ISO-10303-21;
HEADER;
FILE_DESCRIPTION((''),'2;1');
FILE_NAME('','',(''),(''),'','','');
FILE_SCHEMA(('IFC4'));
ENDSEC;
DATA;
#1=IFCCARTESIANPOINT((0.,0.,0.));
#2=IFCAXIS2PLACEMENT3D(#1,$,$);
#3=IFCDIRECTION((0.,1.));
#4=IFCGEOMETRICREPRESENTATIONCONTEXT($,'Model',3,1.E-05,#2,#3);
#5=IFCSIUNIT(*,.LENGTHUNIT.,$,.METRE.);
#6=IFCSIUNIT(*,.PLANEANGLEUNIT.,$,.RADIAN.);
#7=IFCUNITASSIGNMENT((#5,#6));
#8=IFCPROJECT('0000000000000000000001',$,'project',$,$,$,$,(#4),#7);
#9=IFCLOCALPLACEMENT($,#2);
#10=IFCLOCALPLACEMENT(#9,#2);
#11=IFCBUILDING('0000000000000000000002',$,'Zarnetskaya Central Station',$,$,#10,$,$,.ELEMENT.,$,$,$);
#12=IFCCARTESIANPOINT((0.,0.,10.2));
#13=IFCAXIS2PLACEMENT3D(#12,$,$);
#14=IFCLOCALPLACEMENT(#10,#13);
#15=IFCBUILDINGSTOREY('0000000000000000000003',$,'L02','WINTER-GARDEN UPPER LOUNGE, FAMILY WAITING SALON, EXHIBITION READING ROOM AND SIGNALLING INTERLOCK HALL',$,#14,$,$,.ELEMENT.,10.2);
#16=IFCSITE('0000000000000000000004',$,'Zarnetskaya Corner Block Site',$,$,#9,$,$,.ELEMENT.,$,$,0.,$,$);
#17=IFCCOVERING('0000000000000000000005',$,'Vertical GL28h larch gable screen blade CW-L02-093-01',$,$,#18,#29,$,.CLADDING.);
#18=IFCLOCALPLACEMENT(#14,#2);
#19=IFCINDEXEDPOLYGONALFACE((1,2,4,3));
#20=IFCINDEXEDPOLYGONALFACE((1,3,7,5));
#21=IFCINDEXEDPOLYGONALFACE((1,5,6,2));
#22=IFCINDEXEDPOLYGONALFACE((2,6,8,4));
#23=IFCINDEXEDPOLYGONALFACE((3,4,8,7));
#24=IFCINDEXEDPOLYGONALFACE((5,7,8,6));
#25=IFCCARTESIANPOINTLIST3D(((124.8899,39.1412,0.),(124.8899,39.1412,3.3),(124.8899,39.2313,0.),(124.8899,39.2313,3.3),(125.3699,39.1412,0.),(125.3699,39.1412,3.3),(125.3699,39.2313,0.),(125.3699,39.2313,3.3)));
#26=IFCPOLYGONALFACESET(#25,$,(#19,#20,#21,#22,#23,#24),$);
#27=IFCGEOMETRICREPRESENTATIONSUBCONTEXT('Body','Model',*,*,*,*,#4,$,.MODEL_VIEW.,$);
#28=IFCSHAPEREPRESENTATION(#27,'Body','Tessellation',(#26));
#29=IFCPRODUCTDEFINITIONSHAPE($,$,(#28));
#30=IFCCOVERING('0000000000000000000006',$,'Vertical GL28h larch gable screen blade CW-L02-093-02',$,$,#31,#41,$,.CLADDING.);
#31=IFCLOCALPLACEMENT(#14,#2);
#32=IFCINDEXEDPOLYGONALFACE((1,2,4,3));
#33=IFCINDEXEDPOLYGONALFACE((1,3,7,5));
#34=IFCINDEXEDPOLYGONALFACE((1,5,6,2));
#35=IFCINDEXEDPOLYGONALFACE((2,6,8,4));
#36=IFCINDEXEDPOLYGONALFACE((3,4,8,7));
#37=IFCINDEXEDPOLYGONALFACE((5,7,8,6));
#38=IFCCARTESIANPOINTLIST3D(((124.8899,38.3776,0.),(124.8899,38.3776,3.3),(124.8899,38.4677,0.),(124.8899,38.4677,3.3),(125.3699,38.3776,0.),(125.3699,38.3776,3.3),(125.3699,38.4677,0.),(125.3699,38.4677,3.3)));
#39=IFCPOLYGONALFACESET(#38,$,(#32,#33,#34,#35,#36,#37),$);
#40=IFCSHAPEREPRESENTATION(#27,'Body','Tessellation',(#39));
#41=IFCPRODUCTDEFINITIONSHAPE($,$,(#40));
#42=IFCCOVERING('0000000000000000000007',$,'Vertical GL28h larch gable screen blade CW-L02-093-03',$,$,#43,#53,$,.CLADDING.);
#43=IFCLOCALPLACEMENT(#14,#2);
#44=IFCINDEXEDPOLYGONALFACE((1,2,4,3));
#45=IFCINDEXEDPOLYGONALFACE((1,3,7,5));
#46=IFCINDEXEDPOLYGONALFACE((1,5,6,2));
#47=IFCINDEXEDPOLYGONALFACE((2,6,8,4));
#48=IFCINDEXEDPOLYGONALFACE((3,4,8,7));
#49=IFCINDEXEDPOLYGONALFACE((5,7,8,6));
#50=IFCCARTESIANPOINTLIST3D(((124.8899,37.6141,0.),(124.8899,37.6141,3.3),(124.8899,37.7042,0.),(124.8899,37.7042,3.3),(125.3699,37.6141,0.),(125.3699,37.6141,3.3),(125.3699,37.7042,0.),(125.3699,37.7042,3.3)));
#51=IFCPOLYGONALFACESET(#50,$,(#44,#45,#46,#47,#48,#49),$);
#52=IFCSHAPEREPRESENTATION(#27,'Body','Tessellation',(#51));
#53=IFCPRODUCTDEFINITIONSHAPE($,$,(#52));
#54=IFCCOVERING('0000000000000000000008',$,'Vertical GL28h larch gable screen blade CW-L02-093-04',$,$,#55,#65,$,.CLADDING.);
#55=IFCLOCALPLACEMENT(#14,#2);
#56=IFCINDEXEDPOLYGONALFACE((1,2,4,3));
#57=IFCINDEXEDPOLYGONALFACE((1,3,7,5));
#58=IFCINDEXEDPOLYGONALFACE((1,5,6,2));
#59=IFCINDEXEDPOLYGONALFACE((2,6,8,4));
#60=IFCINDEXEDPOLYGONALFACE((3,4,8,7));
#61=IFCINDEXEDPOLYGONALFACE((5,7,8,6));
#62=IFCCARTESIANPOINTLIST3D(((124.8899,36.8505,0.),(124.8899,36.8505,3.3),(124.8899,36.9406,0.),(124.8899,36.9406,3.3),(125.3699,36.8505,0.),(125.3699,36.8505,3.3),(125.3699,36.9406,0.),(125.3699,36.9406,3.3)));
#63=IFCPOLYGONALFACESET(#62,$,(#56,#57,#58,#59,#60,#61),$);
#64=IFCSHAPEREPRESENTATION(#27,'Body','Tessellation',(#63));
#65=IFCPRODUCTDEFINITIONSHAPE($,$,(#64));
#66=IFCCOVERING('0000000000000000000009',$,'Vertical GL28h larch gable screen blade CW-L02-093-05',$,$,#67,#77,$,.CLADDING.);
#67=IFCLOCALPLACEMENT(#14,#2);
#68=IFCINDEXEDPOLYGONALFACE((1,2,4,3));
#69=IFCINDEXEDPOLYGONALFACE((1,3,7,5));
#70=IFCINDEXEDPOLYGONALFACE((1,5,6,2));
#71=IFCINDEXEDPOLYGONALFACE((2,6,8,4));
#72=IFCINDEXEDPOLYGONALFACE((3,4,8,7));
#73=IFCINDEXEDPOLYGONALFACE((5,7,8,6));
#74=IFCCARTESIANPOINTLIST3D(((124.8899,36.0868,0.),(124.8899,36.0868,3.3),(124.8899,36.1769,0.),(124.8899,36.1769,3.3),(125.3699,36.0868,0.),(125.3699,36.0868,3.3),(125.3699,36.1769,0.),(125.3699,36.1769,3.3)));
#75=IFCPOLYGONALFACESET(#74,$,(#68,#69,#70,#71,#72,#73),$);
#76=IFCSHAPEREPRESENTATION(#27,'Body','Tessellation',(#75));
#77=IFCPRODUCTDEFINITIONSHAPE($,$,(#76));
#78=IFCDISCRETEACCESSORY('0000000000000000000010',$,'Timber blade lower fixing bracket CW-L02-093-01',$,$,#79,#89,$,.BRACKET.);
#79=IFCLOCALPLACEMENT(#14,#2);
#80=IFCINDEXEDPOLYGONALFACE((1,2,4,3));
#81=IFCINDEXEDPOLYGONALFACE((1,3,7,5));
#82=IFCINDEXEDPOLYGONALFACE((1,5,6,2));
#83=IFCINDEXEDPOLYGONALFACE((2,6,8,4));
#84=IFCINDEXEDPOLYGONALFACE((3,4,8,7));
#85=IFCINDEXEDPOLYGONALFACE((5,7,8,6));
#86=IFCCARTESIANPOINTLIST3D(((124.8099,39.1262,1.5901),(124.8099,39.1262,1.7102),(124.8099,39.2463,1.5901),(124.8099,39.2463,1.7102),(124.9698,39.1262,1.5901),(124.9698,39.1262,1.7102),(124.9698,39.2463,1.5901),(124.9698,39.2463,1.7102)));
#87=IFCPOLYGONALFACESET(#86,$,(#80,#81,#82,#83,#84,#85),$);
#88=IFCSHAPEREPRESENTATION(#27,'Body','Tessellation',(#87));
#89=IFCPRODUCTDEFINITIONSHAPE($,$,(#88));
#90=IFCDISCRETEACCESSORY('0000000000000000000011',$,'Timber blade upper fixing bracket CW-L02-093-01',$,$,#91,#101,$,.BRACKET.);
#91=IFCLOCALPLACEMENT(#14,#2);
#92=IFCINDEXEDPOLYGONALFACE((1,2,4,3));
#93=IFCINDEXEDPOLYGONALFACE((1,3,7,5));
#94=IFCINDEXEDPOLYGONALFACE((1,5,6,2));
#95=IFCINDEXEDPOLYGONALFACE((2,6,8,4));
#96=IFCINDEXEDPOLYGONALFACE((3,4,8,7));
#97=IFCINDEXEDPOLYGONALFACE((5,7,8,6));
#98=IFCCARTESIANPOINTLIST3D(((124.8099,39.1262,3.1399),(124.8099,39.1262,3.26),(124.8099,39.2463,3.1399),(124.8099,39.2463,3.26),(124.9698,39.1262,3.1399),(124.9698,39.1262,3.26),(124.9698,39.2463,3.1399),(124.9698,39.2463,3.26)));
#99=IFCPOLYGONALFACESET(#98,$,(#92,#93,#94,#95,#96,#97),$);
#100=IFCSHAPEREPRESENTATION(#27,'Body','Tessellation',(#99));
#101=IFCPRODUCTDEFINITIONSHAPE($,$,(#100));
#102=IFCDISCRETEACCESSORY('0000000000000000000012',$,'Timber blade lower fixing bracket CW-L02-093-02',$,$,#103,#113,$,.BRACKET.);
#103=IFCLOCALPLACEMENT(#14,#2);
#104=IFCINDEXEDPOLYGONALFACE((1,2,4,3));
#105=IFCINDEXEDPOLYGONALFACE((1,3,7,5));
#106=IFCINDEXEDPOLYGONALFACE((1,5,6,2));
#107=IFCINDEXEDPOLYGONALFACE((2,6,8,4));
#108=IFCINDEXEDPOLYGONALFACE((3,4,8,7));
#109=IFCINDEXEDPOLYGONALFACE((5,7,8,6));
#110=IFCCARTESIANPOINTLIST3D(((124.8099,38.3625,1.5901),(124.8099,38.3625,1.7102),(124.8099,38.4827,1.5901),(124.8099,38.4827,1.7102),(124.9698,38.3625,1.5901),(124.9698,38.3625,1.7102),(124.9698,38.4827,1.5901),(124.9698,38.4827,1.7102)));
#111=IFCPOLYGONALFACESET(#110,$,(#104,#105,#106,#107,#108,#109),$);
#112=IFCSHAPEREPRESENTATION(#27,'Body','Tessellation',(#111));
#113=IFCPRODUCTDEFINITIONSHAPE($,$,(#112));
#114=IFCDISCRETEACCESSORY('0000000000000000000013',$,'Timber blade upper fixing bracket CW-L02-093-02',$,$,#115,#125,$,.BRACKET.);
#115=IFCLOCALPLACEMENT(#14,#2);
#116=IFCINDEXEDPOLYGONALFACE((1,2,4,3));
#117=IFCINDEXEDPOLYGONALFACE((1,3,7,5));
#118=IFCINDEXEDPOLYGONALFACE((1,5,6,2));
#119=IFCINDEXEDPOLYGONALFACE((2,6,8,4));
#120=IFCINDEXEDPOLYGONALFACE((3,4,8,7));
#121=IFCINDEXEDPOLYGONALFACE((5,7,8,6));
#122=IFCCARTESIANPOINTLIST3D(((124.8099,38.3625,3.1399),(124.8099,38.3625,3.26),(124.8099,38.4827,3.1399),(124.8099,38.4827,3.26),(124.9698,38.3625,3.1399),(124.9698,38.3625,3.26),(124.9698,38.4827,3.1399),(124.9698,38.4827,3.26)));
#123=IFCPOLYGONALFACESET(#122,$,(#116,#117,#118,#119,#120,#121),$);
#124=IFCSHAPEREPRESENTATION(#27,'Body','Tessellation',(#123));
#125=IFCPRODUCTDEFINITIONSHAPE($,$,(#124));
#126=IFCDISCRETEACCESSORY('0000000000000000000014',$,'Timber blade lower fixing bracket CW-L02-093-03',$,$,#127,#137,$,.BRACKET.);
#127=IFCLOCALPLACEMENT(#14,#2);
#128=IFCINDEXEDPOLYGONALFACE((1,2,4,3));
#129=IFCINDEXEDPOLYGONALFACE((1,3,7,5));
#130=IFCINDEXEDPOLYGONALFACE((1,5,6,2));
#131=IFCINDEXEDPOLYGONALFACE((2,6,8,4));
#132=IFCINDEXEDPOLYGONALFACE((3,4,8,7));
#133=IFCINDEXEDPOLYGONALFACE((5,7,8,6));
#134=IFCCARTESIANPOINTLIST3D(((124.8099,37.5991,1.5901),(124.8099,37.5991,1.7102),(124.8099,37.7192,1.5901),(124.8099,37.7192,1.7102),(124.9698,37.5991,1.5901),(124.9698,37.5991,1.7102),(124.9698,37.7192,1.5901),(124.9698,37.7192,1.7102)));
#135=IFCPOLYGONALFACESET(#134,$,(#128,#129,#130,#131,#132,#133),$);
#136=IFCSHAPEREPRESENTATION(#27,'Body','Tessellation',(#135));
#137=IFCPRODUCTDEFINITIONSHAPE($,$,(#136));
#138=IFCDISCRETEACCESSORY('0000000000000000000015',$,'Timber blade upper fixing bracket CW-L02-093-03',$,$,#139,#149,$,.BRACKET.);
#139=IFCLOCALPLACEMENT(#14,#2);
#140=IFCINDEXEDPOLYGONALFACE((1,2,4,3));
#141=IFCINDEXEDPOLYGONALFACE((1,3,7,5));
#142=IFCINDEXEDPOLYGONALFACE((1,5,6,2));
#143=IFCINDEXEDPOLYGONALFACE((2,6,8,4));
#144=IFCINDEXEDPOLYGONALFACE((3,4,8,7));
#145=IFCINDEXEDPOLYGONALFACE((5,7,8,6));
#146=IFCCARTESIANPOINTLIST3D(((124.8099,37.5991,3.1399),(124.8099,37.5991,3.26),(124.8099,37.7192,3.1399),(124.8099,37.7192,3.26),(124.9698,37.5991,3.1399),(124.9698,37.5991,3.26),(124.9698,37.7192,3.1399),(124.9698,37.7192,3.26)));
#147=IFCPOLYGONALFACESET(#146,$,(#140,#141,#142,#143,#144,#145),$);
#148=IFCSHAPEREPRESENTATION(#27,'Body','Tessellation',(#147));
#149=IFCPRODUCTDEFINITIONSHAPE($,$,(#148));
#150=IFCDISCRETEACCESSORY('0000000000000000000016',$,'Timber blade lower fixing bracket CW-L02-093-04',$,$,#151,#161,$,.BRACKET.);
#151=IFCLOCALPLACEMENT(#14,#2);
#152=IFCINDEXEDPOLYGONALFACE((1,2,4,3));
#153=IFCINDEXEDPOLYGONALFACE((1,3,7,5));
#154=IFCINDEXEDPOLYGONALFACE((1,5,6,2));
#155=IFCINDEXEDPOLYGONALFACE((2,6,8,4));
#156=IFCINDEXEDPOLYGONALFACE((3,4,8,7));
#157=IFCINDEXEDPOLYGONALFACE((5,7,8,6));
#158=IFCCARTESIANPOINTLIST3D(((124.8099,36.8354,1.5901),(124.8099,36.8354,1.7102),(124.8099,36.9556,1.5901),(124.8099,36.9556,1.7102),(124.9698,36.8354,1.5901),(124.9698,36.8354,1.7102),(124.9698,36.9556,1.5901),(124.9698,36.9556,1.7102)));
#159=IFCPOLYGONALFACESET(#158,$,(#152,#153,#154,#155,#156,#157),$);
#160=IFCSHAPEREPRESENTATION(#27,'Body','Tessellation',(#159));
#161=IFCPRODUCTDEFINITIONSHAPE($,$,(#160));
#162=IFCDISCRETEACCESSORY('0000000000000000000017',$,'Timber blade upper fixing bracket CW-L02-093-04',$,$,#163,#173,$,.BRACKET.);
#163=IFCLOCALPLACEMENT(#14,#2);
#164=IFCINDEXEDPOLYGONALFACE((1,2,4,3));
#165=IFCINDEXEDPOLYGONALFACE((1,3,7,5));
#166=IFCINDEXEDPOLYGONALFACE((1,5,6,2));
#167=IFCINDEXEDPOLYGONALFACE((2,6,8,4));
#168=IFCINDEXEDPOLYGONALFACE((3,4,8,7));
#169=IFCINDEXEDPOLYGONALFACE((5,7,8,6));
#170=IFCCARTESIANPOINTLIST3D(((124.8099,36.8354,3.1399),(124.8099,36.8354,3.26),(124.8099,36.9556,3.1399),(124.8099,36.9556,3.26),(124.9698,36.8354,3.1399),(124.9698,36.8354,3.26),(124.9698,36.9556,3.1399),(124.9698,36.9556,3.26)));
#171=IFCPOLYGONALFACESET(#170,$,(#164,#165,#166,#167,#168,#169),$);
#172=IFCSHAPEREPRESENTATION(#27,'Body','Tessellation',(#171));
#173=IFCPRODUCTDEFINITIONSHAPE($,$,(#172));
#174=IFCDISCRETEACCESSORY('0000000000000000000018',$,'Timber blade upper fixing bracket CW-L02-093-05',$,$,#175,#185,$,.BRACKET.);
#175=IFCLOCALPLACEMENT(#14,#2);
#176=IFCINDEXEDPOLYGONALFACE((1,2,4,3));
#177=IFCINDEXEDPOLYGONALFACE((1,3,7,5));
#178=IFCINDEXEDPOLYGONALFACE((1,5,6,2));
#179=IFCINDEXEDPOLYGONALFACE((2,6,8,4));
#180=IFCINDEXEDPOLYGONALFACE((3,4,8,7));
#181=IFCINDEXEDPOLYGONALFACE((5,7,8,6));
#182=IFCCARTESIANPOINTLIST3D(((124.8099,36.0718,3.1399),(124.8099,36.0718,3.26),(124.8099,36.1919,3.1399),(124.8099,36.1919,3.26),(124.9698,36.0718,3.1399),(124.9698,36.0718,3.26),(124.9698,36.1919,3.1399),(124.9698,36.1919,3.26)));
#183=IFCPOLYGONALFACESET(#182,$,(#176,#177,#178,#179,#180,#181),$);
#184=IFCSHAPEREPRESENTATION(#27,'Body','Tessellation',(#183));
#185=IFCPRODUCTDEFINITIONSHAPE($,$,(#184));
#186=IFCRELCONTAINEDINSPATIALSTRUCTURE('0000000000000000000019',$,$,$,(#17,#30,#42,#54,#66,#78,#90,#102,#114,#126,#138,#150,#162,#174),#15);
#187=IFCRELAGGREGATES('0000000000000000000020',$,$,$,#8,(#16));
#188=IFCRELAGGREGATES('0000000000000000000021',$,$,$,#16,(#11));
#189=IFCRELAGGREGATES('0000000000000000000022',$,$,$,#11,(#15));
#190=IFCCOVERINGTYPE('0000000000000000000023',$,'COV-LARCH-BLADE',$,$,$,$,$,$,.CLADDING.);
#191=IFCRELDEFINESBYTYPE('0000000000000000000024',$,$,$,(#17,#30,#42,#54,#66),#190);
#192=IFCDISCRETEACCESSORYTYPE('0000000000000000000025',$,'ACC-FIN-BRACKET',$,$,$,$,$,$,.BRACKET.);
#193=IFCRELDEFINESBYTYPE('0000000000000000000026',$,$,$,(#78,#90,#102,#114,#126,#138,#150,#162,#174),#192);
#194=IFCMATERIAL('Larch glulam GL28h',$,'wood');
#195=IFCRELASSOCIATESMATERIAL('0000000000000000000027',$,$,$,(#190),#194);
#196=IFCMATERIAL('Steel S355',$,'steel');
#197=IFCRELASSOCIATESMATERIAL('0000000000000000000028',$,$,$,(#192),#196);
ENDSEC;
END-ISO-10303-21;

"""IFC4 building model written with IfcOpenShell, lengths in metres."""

from ifc_helpers import new_model, si_unit, direction, frame, origin, origin_2d, place, context, subcontext, project, spatial, rectangle, extrude, material, type_object, element, save


model = new_model("IFC4")

# Units and contexts
model_context = context("Model", 3, precision=1e-05, world=origin(), true_north=direction((0.0, 1.0)))
body_context = subcontext(model_context, "Body", "Model", "MODEL_VIEW")
ifc_project = project(units=[si_unit("LENGTHUNIT", "METRE"), si_unit("PLANEANGLEUNIT", "RADIAN")], contexts=[model_context])

# Site, building, storey
site_placement = place(None, origin())
site = spatial("IfcSite", under=ifc_project, at=site_placement, Name="Zarnetskaya Corner Block Site", CompositionType="ELEMENT", RefElevation=0.0)
building_placement = place(site_placement, origin())
building = spatial("IfcBuilding", under=site, at=building_placement, Name="Zarnetskaya Central Station", CompositionType="ELEMENT")
storey_placement = place(building_placement, frame((0.0, 0.0, 10.2)))
storey = spatial("IfcBuildingStorey", under=building, at=storey_placement, Name="L02", Description="WINTER-GARDEN UPPER LOUNGE, FAMILY WAITING SALON, EXHIBITION READING ROOM AND SIGNALLING INTERLOCK HALL", CompositionType="ELEMENT", Elevation=10.2)

# Shared definitions
ifc_material_1 = material(Name="Steel S355", Category="steel")

# Coverings
ifc_material_2 = material(Name="Larch glulam GL28h", Category="wood")
covering_type = type_object("IfcCoveringType", Name="COV-LARCH-BLADE", PredefinedType="CLADDING", material=ifc_material_2)
for number, where, z_axis, x_axis, name in (
    (1, (125.1299, 39.1863, 0.0), (0.0, 0.0, 1.0), (0.0, -1.0, 0.0), "Vertical GL28h larch gable screen blade CW-L02-093-01"),
    (2, (125.1299, 38.4226, 0.0), (0.0, 0.0, 1.0), (0.0, -1.0, 0.0), "Vertical GL28h larch gable screen blade CW-L02-093-02"),
    (3, (125.1299, 37.6592, 0.0), (0.0, 0.0, 1.0), (0.0, -1.0, 0.0), "Vertical GL28h larch gable screen blade CW-L02-093-03"),
    (4, (125.1299, 36.8955, 0.0), (0.0, 0.0, 1.0), (0.0, -1.0, 0.0), "Vertical GL28h larch gable screen blade CW-L02-093-04"),
    (5, (125.1299, 36.1318, 0.0), (0.0, 0.0, 1.0), (0.0, -1.0, 0.0), "Vertical GL28h larch gable screen blade CW-L02-093-05"),
):
    element("IfcCovering", number, at=place(storey_placement, frame(where, z_axis=z_axis, x_axis=x_axis)), inside=storey, type_object=covering_type, Name=name, PredefinedType="CLADDING", context=body_context, shape_type="SweptSolid", body=[
        extrude(rectangle(XDim=0.0901, YDim=0.48, at=origin_2d()), origin(), (0.0, 0.0, 1.0), 3.3),
    ])

# Discrete accessories
discrete_accessory_type = type_object("IfcDiscreteAccessoryType", Name="ACC-FIN-BRACKET", PredefinedType="BRACKET", material=ifc_material_1)
for number, where, z_axis, x_axis, name in (
    (6, (124.8899, 39.1863, 1.5901), (0.0, 0.0, 1.0), (0.0, -1.0, 0.0), "Timber blade lower fixing bracket CW-L02-093-01"),
    (7, (124.8899, 39.1863, 3.1399), (0.0, 0.0, 1.0), (0.0, -1.0, 0.0), "Timber blade upper fixing bracket CW-L02-093-01"),
    (8, (124.8899, 38.4226, 1.5901), (0.0, 0.0, 1.0), (0.0, -1.0, 0.0), "Timber blade lower fixing bracket CW-L02-093-02"),
    (9, (124.8899, 38.4226, 3.1399), (0.0, 0.0, 1.0), (0.0, -1.0, 0.0), "Timber blade upper fixing bracket CW-L02-093-02"),
    (10, (124.8899, 37.6592, 1.5901), (0.0, 0.0, 1.0), (0.0, -1.0, 0.0), "Timber blade lower fixing bracket CW-L02-093-03"),
    (11, (124.8899, 37.6592, 3.1399), (0.0, 0.0, 1.0), (0.0, -1.0, 0.0), "Timber blade upper fixing bracket CW-L02-093-03"),
    (12, (124.8899, 36.8955, 1.5901), (0.0, 0.0, 1.0), (0.0, -1.0, 0.0), "Timber blade lower fixing bracket CW-L02-093-04"),
    (13, (124.8899, 36.8955, 3.1399), (0.0, 0.0, 1.0), (0.0, -1.0, 0.0), "Timber blade upper fixing bracket CW-L02-093-04"),
    (14, (124.8899, 36.1318, 3.1399), (0.0, 0.0, 1.0), (0.0, -1.0, 0.0), "Timber blade upper fixing bracket CW-L02-093-05"),
):
    element("IfcDiscreteAccessory", number, at=place(storey_placement, frame(where, z_axis=z_axis, x_axis=x_axis)), inside=storey, type_object=discrete_accessory_type, Name=name, PredefinedType="BRACKET", context=body_context, shape_type="SweptSolid", body=[
        extrude(rectangle(XDim=0.1201, YDim=0.1599, at=origin_2d()), origin(), (0.0, 0.0, 1.0), 0.1201),
    ])

save(model, "model.ifc")
